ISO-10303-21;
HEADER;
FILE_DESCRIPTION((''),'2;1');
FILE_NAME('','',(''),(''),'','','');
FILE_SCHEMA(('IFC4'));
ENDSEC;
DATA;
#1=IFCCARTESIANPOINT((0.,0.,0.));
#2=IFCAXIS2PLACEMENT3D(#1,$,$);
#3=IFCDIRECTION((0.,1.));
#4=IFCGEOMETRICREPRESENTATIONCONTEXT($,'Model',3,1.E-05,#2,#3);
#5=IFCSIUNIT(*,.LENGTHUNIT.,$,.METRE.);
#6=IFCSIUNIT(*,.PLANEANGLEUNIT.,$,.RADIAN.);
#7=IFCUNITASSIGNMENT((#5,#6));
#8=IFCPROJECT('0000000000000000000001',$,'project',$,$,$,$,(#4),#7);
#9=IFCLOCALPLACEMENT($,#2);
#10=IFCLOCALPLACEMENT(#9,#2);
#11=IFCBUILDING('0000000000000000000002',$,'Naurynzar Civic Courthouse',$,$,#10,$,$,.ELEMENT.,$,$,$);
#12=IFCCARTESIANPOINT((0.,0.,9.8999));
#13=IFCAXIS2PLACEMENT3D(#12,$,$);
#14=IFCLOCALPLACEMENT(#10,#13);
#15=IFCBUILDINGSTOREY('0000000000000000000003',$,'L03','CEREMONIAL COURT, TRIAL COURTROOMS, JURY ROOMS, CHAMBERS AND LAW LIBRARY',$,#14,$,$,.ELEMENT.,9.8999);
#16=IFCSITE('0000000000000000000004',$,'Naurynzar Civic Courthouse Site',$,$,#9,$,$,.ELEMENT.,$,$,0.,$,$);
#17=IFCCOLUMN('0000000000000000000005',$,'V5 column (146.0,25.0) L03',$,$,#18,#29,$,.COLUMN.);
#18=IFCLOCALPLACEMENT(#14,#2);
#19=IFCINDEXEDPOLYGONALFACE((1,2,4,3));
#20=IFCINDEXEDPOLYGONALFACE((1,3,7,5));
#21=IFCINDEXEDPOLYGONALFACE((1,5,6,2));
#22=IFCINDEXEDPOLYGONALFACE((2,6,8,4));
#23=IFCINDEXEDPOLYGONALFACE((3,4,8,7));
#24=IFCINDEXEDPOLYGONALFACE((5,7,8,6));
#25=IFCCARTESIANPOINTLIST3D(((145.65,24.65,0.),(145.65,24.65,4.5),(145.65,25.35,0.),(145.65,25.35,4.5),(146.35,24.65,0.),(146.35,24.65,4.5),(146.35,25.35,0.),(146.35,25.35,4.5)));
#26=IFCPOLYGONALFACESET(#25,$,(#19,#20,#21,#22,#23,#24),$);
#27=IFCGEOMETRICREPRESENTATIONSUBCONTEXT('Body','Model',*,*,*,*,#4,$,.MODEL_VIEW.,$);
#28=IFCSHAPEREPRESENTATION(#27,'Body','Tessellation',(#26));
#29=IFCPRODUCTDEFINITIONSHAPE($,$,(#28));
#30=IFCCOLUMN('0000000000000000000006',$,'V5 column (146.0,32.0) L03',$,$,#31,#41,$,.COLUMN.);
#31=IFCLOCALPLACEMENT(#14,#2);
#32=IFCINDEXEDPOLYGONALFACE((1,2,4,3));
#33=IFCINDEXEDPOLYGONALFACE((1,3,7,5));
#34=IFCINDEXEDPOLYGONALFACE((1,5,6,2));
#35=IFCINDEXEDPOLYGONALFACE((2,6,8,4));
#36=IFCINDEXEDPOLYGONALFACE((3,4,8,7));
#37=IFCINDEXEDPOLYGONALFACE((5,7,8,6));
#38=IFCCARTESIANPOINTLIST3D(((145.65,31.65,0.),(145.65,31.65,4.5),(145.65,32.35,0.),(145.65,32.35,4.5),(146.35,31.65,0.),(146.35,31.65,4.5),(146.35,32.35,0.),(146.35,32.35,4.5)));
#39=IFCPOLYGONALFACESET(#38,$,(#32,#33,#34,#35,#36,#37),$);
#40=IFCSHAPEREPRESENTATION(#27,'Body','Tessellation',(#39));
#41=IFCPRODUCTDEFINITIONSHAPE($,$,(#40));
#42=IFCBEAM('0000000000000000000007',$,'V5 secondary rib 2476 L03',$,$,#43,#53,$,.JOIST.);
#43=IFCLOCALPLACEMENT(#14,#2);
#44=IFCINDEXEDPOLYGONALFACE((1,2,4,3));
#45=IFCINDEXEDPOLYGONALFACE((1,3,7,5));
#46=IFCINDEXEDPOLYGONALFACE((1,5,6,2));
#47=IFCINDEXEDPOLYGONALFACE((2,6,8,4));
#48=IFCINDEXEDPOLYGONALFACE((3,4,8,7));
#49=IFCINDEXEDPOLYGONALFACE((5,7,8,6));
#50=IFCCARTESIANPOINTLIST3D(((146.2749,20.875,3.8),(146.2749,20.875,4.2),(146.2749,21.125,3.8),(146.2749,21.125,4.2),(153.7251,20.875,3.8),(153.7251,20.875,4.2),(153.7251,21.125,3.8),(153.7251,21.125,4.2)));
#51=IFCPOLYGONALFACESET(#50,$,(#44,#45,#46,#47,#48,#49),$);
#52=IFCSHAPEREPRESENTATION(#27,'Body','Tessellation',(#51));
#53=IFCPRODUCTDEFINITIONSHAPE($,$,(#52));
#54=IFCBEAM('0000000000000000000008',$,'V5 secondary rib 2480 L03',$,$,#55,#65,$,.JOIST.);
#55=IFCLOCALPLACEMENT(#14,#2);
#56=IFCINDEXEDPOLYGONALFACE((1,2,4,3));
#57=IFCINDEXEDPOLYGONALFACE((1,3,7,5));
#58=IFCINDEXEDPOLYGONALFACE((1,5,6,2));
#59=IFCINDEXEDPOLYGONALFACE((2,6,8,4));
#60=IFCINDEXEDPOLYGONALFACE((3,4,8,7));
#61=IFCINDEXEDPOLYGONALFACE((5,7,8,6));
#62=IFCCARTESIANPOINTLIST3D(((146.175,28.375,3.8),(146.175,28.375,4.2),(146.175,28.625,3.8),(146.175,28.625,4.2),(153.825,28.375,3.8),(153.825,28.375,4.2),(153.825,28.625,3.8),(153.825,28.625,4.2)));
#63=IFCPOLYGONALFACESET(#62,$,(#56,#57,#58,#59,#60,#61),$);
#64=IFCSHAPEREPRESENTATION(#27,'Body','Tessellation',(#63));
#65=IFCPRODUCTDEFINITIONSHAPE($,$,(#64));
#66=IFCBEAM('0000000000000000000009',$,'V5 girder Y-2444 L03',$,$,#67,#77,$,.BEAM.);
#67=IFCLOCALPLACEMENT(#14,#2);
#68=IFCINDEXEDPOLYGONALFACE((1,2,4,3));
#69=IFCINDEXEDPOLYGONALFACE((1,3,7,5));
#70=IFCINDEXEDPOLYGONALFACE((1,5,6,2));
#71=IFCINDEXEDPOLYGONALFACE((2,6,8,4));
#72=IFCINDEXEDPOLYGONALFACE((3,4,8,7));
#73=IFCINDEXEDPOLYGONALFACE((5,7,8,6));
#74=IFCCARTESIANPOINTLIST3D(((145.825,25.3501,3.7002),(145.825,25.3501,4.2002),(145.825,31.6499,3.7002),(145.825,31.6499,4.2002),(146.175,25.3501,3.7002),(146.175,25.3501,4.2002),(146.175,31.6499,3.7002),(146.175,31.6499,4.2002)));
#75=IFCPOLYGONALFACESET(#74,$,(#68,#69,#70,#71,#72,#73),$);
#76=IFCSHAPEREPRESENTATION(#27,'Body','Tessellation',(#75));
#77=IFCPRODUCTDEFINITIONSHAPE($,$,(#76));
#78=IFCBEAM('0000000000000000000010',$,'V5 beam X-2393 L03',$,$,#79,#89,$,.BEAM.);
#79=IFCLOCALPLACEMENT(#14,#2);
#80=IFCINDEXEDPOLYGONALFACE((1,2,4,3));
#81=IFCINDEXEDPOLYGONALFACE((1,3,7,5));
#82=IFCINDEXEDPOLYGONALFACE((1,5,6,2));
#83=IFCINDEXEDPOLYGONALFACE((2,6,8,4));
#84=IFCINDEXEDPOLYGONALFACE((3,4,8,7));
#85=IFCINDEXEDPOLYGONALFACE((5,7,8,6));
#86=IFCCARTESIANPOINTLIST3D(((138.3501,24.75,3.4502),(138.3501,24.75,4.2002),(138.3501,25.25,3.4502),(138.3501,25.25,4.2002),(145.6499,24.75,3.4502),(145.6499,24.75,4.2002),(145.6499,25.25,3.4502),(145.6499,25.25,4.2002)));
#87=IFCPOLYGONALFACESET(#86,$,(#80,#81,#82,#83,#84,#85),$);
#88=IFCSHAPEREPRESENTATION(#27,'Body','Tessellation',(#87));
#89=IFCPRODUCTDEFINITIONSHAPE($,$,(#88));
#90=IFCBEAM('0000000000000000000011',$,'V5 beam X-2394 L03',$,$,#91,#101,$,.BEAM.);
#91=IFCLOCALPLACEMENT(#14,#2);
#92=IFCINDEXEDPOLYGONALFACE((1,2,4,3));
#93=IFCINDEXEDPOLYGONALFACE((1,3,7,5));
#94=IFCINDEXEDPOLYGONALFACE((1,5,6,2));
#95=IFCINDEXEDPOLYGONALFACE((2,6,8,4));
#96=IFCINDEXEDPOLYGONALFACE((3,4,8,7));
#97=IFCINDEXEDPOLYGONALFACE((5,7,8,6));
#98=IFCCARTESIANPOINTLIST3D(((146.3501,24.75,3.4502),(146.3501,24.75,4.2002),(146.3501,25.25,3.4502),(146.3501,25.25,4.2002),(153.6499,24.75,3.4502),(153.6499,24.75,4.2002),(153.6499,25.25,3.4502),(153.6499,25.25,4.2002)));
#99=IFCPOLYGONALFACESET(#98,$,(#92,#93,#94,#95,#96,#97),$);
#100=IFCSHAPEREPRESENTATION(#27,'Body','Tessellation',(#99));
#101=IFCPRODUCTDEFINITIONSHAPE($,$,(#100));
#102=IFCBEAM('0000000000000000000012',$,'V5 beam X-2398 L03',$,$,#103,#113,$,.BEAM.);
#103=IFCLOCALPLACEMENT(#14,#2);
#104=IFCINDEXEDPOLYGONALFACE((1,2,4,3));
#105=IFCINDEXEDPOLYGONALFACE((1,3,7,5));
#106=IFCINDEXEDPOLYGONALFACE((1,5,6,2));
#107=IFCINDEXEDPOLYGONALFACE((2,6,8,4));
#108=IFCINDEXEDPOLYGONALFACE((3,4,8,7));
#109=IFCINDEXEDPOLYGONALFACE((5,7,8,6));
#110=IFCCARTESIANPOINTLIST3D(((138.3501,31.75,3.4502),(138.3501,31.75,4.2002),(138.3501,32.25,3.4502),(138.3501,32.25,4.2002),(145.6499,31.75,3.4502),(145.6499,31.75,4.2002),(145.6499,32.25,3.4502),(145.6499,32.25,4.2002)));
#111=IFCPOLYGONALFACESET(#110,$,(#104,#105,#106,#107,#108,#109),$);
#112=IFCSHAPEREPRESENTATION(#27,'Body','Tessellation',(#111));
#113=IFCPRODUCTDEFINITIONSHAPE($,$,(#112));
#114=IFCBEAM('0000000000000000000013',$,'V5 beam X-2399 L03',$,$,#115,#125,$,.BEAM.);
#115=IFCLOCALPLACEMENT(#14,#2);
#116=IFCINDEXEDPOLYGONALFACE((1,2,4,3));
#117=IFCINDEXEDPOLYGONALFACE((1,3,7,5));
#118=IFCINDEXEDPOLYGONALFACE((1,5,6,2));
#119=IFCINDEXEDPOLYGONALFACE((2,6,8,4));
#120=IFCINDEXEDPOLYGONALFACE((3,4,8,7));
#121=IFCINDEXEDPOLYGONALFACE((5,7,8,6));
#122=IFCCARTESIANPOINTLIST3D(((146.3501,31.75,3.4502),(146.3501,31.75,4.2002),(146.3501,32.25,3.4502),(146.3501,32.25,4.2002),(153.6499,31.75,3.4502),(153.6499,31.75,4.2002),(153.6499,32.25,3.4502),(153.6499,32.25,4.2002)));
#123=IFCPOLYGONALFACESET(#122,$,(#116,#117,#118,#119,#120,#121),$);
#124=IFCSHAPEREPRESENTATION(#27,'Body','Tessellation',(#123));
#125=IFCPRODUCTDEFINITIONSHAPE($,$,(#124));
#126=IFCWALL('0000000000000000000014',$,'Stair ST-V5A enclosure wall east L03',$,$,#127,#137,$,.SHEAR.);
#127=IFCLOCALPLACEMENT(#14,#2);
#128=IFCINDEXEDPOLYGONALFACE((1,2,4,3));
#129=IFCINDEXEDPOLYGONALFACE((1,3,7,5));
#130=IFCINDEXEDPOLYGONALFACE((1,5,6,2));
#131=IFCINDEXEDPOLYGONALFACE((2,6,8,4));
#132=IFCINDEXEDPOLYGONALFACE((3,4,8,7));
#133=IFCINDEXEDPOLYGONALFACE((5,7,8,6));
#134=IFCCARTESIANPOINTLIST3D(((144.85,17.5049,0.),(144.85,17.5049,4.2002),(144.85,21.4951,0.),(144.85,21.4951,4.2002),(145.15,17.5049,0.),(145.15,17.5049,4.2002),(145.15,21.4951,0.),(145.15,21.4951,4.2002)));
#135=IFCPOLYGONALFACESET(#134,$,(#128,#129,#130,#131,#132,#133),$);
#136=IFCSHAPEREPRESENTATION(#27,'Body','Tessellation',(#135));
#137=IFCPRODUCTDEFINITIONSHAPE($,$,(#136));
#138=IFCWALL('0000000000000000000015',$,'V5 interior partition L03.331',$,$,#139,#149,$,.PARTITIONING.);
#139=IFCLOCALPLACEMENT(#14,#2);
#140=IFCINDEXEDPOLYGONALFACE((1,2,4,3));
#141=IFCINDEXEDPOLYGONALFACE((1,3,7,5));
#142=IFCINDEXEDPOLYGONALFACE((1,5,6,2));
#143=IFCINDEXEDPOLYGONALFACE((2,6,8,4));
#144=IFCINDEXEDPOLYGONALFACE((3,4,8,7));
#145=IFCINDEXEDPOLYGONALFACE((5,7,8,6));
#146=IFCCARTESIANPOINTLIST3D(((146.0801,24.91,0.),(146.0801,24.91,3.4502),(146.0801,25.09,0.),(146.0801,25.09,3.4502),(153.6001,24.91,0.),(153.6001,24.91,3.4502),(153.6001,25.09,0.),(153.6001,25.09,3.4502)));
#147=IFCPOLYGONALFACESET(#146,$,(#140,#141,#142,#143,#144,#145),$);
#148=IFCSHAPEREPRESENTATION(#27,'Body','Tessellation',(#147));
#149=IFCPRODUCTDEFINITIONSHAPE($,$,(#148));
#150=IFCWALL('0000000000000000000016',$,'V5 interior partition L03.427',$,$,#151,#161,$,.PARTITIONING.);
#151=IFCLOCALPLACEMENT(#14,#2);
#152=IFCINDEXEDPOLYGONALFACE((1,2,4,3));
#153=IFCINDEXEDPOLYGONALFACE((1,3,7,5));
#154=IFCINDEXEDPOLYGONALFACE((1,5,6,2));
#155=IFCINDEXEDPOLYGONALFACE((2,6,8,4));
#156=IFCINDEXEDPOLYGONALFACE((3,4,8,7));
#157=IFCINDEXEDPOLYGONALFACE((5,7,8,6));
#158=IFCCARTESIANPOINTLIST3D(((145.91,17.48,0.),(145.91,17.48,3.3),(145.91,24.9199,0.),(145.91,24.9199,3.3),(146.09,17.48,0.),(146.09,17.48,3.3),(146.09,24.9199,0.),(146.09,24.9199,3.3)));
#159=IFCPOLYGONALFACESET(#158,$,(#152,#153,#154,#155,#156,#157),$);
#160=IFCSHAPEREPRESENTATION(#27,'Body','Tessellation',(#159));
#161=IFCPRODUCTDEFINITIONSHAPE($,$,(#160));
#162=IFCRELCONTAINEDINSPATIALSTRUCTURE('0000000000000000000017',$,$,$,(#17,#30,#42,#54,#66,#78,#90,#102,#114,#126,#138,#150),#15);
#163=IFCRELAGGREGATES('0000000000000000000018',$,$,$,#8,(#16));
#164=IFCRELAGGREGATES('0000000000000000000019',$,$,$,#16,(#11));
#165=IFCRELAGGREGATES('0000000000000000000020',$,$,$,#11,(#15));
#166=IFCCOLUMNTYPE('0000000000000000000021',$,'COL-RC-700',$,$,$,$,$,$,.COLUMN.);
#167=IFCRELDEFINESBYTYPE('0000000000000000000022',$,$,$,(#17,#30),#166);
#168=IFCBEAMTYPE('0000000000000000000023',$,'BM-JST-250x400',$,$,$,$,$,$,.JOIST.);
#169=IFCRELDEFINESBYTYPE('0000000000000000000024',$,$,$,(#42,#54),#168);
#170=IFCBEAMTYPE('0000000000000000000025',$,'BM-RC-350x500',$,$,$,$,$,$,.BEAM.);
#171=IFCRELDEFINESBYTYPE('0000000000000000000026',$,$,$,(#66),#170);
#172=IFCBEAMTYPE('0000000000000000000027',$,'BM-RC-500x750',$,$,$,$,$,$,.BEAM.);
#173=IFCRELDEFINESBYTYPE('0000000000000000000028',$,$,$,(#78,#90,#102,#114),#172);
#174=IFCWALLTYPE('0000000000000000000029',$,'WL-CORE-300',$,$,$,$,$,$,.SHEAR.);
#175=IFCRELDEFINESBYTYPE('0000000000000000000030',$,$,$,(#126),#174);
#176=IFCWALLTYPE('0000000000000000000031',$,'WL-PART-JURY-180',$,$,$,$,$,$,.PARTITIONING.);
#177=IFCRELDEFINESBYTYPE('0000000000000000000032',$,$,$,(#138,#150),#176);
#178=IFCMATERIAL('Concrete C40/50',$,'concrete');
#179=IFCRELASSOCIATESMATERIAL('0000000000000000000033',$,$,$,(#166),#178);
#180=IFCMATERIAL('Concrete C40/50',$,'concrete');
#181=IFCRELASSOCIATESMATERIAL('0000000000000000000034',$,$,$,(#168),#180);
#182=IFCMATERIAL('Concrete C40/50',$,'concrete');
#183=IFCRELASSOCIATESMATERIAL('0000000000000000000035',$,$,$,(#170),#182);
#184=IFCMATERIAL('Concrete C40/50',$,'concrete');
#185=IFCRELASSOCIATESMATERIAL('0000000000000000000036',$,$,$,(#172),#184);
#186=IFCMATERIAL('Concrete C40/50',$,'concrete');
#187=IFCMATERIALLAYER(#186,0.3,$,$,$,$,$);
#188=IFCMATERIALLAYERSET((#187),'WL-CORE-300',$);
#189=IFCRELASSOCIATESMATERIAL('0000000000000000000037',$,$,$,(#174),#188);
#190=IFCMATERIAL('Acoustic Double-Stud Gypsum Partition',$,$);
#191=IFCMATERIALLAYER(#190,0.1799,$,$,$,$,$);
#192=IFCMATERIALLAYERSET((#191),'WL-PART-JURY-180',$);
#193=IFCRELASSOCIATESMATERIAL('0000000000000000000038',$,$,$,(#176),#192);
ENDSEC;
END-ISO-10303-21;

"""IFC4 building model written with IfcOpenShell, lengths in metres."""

from ifc_helpers import new_model, si_unit, direction, frame, frame_2d, origin, origin_2d, place, context, subcontext, project, spatial, rectangle, extrude, material, layer, layer_set, material_profile, profile_set, type_object, element, save


model = new_model("IFC4")

# Units and contexts
model_context = context("Model", 3, precision=1e-05, world=origin(), true_north=direction((0.0, 1.0)))
body_context = subcontext(model_context, "Body", "Model", "MODEL_VIEW")
ifc_project = project(units=[si_unit("LENGTHUNIT", "METRE"), si_unit("PLANEANGLEUNIT", "RADIAN")], contexts=[model_context])

# Site, building, storey
site_placement = place(None, origin())
site = spatial("IfcSite", under=ifc_project, at=site_placement, Name="Naurynzar Civic Courthouse Site", CompositionType="ELEMENT", RefElevation=0.0)
building_placement = place(site_placement, origin())
building = spatial("IfcBuilding", under=site, at=building_placement, Name="Naurynzar Civic Courthouse", CompositionType="ELEMENT")
storey_placement = place(building_placement, frame((0.0, 0.0, 9.8999)))
storey = spatial("IfcBuildingStorey", under=building, at=storey_placement, Name="L03", Description="CEREMONIAL COURT, TRIAL COURTROOMS, JURY ROOMS, CHAMBERS AND LAW LIBRARY", CompositionType="ELEMENT", Elevation=9.8999)

# Columns
ifc_material_1 = material(Name="Concrete C40/50", Category="concrete")
ifc_material_profile_1 = material_profile(ifc_material_1, rectangle(XDim=0.7, YDim=0.7, at=origin_2d()), Name="RC 700x700")
ifc_profile_set_1 = profile_set([ifc_material_profile_1], Name="Concrete C40/50")
column_type = type_object("IfcColumnType", Name="COL-RC-700", PredefinedType="COLUMN", material=ifc_profile_set_1)
for number, where, z_axis, x_axis, name in (
    (1, (146.0, 25.0, 0.0), (0.0, 0.0, 1.0), (1.0, 0.0, 0.0), "V5 column (146.0,25.0) L03"),
    (2, (146.0, 32.0, 0.0), (0.0, 0.0, 1.0), (1.0, 0.0, 0.0), "V5 column (146.0,32.0) L03"),
):
    element("IfcColumn", number, at=place(storey_placement, frame(where, z_axis=z_axis, x_axis=x_axis)), inside=storey, type_object=column_type, Name=name, PredefinedType="COLUMN", context=body_context, shape_type="SweptSolid", body=[
        extrude(rectangle(XDim=0.7, YDim=0.7, at=origin_2d()), origin(), (0.0, 0.0, 1.0), 4.5),
    ])

# Beams
ifc_material_2 = material(Name="Concrete C40/50", Category="concrete")
ifc_material_profile_2 = material_profile(ifc_material_2, rectangle(XDim=0.25, YDim=0.3999, at=origin_2d()), Name="RCB 250x400")
ifc_profile_set_2 = profile_set([ifc_material_profile_2], Name="Concrete C40/50")
beam_type_1 = type_object("IfcBeamType", Name="BM-JST-250x400", PredefinedType="JOIST", material=ifc_profile_set_2)
beam_1_placement = place(storey_placement, frame((146.2749, 21.0, 4.0), z_axis=(1.0, 0.0, 0.0), x_axis=(0.0, 1.0, 0.0)))
element("IfcBeam", 3, at=beam_1_placement, inside=storey, type_object=beam_type_1, Name="V5 secondary rib 2476 L03", PredefinedType="JOIST", context=body_context, shape_type="SweptSolid", body=[
    extrude(rectangle(XDim=0.25, YDim=0.3999, at=origin_2d()), origin(), (0.0, 0.0, 1.0), 7.4502),
])
beam_2_placement = place(storey_placement, frame((146.175, 28.5, 4.0), z_axis=(1.0, 0.0, 0.0), x_axis=(0.0, 1.0, 0.0)))
element("IfcBeam", 4, at=beam_2_placement, inside=storey, type_object=beam_type_1, Name="V5 secondary rib 2480 L03", PredefinedType="JOIST", context=body_context, shape_type="SweptSolid", body=[
    extrude(rectangle(XDim=0.25, YDim=0.3999, at=origin_2d()), origin(), (0.0, 0.0, 1.0), 7.6499),
])
ifc_material_3 = material(Name="Concrete C40/50", Category="concrete")
ifc_material_profile_3 = material_profile(ifc_material_3, rectangle(XDim=0.3501, YDim=0.5, at=origin_2d()), Name="RCB 350x500")
ifc_profile_set_3 = profile_set([ifc_material_profile_3], Name="Concrete C40/50")
beam_type_2 = type_object("IfcBeamType", Name="BM-RC-350x500", PredefinedType="BEAM", material=ifc_profile_set_3)
beam_3_placement = place(storey_placement, frame((146.0, 25.3501, 3.9502), z_axis=(0.0, 1.0, 0.0), x_axis=(-1.0, 0.0, 0.0)))
element("IfcBeam", 5, at=beam_3_placement, inside=storey, type_object=beam_type_2, Name="V5 girder Y-2444 L03", PredefinedType="BEAM", context=body_context, shape_type="SweptSolid", body=[
    extrude(rectangle(XDim=0.3501, YDim=0.5, at=origin_2d()), origin(), (0.0, 0.0, 1.0), 6.2998),
])
ifc_material_4 = material(Name="Concrete C40/50", Category="concrete")
ifc_material_profile_4 = material_profile(ifc_material_4, rectangle(XDim=0.5, YDim=0.75, at=origin_2d()), Name="RCB 500x750")
ifc_profile_set_4 = profile_set([ifc_material_profile_4], Name="Concrete C40/50")
beam_type_3 = type_object("IfcBeamType", Name="BM-RC-500x750", PredefinedType="BEAM", material=ifc_profile_set_4)
for number, where, z_axis, x_axis, name in (
    (6, (138.3501, 25.0, 3.8252), (1.0, 0.0, 0.0), (0.0, 1.0, 0.0), "V5 beam X-2393 L03"),
    (7, (146.3501, 25.0, 3.8252), (1.0, 0.0, 0.0), (0.0, 1.0, 0.0), "V5 beam X-2394 L03"),
    (8, (138.3501, 32.0, 3.8252), (1.0, 0.0, 0.0), (0.0, 1.0, 0.0), "V5 beam X-2398 L03"),
    (9, (146.3501, 32.0, 3.8252), (1.0, 0.0, 0.0), (0.0, 1.0, 0.0), "V5 beam X-2399 L03"),
):
    element("IfcBeam", number, at=place(storey_placement, frame(where, z_axis=z_axis, x_axis=x_axis)), inside=storey, type_object=beam_type_3, Name=name, PredefinedType="BEAM", context=body_context, shape_type="SweptSolid", body=[
        extrude(rectangle(XDim=0.5, YDim=0.75, at=origin_2d()), origin(), (0.0, 0.0, 1.0), 7.2998),
    ])

# Shared definitions
ifc_material_5 = material(Name="Concrete C40/50", Category="concrete")
ifc_layer_1 = layer(ifc_material_5, 0.3)
ifc_layer_set_1 = layer_set([ifc_layer_1], Name="WL-CORE-300")
wall_type_1 = type_object("IfcWallType", Name="WL-CORE-300", PredefinedType="SHEAR", material=ifc_layer_set_1)

# Walls
wall_1_placement = place(storey_placement, frame((145.0, 17.5049, 0.0), z_axis=(0.0, 0.0, 1.0), x_axis=(0.0, 1.0, 0.0)))
element("IfcWall", 10, at=wall_1_placement, inside=storey, type_object=wall_type_1, Name="Stair ST-V5A enclosure wall east L03", PredefinedType="SHEAR", context=body_context, shape_type="SweptSolid", body=[
    extrude(rectangle(XDim=3.9902, YDim=0.3, at=frame_2d((1.9951, 0.0))), origin(), (0.0, 0.0, 1.0), 4.2002),
])
ifc_material_6 = material(Name="Acoustic Double-Stud Gypsum Partition")
ifc_layer_2 = layer(ifc_material_6, 0.1799)
ifc_layer_set_2 = layer_set([ifc_layer_2], Name="WL-PART-JURY-180")
wall_type_2 = type_object("IfcWallType", Name="WL-PART-JURY-180", PredefinedType="PARTITIONING", material=ifc_layer_set_2)
wall_2_placement = place(storey_placement, frame((146.0801, 25.0, 0.0), z_axis=(0.0, 0.0, 1.0), x_axis=(1.0, 0.0, 0.0)))
element("IfcWall", 11, at=wall_2_placement, inside=storey, type_object=wall_type_2, Name="V5 interior partition L03.331", PredefinedType="PARTITIONING", context=body_context, shape_type="SweptSolid", body=[
    extrude(rectangle(XDim=7.52, YDim=0.1799, at=frame_2d((3.76, 0.0))), origin(), (0.0, 0.0, 1.0), 3.4502),
])
wall_3_placement = place(storey_placement, frame((146.0, 17.48, 0.0), z_axis=(0.0, 0.0, 1.0), x_axis=(0.0, 1.0, 0.0)))
element("IfcWall", 12, at=wall_3_placement, inside=storey, type_object=wall_type_2, Name="V5 interior partition L03.427", PredefinedType="PARTITIONING", context=body_context, shape_type="SweptSolid", body=[
    extrude(rectangle(XDim=7.4399, YDim=0.1799, at=frame_2d((3.72, 0.0))), origin(), (0.0, 0.0, 1.0), 3.3),
])

save(model, "model.ifc")
